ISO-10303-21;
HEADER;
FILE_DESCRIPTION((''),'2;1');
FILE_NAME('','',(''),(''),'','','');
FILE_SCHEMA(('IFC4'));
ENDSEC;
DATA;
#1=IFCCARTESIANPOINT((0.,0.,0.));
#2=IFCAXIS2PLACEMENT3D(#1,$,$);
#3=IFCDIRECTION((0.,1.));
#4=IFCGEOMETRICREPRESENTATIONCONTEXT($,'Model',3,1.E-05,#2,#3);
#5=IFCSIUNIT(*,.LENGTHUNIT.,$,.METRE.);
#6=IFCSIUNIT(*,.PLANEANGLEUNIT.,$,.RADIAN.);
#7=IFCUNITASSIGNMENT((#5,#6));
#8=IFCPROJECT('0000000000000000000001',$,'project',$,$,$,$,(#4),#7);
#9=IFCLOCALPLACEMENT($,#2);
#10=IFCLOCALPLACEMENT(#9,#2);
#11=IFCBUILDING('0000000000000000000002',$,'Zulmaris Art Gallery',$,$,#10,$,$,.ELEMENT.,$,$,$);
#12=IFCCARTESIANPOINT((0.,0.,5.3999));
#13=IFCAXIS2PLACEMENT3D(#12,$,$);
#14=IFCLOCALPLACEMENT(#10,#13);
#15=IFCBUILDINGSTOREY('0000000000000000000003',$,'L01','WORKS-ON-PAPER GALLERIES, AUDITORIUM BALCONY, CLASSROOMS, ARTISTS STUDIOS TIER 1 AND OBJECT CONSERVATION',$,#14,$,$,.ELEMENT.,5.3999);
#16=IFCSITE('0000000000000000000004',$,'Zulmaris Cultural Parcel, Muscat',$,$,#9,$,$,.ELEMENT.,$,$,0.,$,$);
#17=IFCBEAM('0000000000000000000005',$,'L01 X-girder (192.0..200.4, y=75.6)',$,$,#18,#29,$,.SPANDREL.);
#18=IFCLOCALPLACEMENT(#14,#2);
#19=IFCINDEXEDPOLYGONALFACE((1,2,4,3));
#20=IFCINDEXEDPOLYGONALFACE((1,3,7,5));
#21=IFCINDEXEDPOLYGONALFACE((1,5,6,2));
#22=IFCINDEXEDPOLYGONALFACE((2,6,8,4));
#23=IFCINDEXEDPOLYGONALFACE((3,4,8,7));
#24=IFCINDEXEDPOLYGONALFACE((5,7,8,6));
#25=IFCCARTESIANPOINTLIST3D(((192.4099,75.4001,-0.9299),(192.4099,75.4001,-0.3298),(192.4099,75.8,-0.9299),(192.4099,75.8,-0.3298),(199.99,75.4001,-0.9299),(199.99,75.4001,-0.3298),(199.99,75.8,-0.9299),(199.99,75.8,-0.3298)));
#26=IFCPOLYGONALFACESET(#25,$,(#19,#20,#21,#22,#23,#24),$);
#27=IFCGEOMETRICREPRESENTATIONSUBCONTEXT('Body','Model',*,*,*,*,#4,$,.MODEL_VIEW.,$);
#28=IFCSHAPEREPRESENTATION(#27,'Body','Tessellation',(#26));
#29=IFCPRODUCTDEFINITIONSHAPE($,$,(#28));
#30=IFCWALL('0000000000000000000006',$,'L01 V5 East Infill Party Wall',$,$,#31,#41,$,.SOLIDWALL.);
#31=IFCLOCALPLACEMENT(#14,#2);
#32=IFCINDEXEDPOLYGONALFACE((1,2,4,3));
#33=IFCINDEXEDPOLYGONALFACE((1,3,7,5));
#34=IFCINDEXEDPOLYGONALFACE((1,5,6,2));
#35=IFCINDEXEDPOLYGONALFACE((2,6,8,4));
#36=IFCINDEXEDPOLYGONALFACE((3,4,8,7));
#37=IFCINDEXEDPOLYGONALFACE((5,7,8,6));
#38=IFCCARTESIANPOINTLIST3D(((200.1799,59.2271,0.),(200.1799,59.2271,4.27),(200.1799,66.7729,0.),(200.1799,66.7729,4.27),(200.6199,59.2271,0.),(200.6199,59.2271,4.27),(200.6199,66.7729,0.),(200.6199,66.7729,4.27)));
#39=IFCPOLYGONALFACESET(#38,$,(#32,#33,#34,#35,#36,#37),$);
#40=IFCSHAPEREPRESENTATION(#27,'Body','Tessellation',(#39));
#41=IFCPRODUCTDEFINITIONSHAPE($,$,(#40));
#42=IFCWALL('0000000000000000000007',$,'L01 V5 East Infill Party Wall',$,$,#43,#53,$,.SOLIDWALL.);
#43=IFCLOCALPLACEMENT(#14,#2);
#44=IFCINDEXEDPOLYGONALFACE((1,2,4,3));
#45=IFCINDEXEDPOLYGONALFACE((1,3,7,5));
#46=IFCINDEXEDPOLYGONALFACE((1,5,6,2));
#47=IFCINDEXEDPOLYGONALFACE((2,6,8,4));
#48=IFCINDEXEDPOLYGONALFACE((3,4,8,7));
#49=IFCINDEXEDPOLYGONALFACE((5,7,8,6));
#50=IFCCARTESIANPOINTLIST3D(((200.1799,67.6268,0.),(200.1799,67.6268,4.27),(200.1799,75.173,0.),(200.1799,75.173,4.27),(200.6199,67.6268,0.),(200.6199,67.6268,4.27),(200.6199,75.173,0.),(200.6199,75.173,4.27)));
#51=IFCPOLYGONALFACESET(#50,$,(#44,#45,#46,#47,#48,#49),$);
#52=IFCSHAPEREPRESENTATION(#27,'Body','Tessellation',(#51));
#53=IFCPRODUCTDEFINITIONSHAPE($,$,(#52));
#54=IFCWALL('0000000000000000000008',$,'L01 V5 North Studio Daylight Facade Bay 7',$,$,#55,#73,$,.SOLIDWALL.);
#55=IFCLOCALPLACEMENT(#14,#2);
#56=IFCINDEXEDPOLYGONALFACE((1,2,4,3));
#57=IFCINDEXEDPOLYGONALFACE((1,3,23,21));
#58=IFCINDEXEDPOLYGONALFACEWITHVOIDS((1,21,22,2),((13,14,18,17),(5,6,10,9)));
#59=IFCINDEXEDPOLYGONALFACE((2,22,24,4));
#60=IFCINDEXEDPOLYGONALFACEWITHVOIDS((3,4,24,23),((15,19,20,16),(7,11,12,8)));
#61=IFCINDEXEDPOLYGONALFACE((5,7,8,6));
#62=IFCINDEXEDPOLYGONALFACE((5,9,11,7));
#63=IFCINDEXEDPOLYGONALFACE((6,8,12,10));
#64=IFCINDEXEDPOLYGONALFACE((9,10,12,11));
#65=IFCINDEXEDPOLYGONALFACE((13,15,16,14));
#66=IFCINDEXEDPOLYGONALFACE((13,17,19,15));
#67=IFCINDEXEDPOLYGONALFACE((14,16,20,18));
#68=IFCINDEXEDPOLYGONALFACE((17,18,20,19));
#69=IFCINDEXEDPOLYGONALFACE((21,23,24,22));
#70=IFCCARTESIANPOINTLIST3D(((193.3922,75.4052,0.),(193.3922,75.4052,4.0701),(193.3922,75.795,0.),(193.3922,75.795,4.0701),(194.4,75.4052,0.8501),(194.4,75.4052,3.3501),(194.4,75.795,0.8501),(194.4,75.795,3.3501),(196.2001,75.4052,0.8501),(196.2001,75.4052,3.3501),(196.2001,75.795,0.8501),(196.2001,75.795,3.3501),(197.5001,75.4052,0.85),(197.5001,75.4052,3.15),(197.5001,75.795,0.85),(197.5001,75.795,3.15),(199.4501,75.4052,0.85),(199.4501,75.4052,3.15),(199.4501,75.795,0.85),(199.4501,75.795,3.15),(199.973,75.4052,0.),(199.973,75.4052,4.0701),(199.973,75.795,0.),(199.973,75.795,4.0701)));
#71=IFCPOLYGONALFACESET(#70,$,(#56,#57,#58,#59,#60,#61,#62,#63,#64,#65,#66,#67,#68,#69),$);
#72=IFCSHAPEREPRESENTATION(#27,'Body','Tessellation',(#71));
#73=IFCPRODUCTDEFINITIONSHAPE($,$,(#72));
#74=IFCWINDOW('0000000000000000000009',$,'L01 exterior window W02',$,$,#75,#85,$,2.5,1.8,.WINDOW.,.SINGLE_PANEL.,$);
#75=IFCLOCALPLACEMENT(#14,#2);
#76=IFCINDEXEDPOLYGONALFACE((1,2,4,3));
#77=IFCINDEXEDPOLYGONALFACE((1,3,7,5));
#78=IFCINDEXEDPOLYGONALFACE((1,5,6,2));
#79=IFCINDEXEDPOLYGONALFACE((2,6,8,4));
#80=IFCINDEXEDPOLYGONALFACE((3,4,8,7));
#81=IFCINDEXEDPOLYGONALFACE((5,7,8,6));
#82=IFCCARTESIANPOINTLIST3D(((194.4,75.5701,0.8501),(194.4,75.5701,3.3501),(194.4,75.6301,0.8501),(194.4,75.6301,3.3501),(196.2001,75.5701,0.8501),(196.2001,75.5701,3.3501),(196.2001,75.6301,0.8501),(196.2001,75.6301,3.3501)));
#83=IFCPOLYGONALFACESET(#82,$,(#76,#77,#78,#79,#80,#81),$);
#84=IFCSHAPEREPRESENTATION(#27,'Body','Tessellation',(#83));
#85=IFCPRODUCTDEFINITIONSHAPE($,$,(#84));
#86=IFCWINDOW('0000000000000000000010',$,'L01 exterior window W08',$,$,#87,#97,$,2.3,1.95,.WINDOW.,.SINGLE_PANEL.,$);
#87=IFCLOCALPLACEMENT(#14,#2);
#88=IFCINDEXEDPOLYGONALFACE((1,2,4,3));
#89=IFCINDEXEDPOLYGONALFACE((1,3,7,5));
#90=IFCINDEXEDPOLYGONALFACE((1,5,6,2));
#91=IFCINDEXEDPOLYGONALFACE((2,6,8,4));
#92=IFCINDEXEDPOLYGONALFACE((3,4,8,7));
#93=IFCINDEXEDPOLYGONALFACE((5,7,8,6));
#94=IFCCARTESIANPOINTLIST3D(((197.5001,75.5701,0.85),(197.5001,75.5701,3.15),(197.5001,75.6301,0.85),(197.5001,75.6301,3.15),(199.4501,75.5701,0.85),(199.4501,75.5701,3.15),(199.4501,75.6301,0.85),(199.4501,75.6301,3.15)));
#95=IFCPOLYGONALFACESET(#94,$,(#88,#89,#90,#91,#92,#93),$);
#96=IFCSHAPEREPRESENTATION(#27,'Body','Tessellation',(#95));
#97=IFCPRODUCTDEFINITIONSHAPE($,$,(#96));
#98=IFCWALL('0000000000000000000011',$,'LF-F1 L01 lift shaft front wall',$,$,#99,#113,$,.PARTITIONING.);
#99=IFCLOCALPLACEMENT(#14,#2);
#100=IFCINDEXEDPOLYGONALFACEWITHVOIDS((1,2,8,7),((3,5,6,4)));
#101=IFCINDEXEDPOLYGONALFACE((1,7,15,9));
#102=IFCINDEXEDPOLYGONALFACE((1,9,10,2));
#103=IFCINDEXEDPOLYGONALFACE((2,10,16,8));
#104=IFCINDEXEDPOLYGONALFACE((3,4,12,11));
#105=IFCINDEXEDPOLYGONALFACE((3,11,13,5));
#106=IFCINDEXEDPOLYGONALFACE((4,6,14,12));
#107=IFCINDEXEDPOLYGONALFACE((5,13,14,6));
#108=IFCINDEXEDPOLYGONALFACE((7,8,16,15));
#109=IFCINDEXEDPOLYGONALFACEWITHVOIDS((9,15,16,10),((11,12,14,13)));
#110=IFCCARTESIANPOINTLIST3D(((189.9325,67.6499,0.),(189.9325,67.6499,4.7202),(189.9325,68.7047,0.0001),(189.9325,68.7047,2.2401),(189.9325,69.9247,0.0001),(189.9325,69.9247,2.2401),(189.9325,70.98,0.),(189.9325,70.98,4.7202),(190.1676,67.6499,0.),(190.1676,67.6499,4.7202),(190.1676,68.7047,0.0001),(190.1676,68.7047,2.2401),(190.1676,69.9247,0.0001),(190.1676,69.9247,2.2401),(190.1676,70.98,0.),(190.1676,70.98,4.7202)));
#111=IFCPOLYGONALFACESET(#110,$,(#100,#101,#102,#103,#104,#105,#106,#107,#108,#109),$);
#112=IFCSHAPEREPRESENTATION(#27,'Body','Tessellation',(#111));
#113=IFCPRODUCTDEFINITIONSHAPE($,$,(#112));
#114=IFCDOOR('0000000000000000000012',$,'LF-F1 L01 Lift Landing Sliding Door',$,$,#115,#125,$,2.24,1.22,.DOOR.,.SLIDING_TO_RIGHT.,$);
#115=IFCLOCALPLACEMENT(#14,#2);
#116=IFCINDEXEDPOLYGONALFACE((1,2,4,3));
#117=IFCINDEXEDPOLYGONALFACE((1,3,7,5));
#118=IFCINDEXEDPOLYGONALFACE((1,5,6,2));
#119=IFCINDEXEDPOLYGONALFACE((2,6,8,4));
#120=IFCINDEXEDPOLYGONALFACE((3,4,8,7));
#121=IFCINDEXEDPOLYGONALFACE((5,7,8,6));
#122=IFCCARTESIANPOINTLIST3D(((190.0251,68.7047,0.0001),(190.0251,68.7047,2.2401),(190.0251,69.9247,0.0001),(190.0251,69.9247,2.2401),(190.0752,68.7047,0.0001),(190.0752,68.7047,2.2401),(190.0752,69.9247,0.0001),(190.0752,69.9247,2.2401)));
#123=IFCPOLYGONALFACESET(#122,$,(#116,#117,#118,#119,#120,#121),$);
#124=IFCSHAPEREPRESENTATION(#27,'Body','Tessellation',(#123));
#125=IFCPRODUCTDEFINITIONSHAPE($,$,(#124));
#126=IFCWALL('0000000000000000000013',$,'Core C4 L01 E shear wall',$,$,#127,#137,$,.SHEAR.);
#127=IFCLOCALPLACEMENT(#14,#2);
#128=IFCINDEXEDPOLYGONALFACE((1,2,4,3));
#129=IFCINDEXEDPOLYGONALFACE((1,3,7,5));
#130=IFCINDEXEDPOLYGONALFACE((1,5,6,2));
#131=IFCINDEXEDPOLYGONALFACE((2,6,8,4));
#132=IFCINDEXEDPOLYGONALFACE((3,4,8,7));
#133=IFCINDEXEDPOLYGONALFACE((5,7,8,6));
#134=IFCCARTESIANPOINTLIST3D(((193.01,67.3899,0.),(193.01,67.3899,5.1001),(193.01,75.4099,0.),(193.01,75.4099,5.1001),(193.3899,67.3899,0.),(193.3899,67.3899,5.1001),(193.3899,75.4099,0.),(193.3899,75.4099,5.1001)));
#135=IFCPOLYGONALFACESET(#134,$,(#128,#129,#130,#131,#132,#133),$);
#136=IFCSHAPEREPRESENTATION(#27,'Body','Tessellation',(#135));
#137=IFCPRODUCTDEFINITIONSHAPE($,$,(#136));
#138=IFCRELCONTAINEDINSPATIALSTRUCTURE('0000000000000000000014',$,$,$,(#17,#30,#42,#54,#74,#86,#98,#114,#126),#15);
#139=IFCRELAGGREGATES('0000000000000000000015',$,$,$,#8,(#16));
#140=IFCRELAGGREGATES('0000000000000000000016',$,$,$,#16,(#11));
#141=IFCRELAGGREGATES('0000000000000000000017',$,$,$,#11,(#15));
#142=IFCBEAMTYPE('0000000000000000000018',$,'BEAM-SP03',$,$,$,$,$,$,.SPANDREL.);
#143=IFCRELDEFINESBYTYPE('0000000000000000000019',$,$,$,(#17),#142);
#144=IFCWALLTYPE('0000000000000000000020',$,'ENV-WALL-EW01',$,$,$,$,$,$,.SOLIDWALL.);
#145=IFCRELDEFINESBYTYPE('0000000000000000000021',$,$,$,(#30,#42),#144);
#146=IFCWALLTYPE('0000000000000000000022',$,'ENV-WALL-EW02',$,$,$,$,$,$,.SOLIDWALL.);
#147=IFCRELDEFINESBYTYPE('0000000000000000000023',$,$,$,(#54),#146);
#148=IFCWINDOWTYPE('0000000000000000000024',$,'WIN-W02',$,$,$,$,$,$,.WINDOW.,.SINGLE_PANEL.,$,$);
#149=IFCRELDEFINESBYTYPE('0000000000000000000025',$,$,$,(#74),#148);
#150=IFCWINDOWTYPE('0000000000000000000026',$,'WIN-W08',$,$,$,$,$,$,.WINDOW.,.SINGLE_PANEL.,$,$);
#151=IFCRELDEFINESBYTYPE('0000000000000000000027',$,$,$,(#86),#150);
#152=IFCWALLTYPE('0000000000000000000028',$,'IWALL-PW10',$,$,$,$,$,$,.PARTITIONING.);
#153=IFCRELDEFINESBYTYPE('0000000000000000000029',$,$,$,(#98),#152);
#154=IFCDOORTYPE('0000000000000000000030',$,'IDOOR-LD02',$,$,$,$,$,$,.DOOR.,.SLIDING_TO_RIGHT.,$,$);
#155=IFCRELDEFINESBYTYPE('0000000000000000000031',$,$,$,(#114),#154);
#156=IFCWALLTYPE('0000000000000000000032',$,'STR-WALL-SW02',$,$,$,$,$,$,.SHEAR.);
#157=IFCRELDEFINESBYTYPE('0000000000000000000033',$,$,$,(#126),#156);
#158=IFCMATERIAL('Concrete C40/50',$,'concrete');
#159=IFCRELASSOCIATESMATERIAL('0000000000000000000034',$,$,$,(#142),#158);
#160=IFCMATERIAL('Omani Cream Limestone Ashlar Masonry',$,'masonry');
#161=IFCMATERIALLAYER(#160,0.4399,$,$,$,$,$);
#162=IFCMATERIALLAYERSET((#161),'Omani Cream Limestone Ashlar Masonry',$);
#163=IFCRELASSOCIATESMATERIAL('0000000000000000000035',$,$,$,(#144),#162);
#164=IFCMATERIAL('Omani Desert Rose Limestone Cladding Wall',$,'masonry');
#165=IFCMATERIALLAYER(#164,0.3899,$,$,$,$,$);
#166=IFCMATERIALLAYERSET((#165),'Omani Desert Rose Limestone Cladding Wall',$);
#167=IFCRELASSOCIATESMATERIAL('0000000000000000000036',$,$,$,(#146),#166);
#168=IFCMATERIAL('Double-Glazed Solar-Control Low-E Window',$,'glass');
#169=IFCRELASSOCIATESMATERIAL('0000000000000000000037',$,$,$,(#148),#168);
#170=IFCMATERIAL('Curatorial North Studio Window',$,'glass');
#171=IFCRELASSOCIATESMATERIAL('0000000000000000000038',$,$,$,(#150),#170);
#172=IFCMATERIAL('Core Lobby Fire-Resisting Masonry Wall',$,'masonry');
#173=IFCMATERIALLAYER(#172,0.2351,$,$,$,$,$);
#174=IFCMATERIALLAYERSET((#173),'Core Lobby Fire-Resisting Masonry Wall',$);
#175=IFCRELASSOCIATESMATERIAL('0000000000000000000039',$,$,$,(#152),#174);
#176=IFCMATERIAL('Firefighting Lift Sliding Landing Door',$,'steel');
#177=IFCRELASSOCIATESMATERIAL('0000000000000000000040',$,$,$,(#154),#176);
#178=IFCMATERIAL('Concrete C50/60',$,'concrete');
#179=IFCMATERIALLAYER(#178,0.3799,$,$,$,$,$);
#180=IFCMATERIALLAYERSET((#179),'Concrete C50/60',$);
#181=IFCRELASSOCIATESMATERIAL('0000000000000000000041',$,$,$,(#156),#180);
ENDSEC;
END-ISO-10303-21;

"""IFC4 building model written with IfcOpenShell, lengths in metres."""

from ifc_helpers import new_model, si_unit, direction, frame, frame_2d, origin, origin_2d, place, context, subcontext, project, spatial, rectangle, extrude, material, layer, layer_set, material_profile, profile_set, type_object, element, fill, save


model = new_model("IFC4")

# Units and contexts
model_context = context("Model", 3, precision=1e-05, world=origin(), true_north=direction((0.0, 1.0)))
body_context = subcontext(model_context, "Body", "Model", "MODEL_VIEW")
ifc_project = project(units=[si_unit("LENGTHUNIT", "METRE"), si_unit("PLANEANGLEUNIT", "RADIAN")], contexts=[model_context])

# Site, building, storey
site_placement = place(None, origin())
site = spatial("IfcSite", under=ifc_project, at=site_placement, Name="Zulmaris Cultural Parcel, Muscat", CompositionType="ELEMENT", RefElevation=0.0)
building_placement = place(site_placement, origin())
building = spatial("IfcBuilding", under=site, at=building_placement, Name="Zulmaris Art Gallery", CompositionType="ELEMENT")
storey_placement = place(building_placement, frame((0.0, 0.0, 5.3999)))
storey = spatial("IfcBuildingStorey", under=building, at=storey_placement, Name="L01", Description="WORKS-ON-PAPER GALLERIES, AUDITORIUM BALCONY, CLASSROOMS, ARTISTS STUDIOS TIER 1 AND OBJECT CONSERVATION", CompositionType="ELEMENT", Elevation=5.3999)

# Shared definitions
ifc_material_1 = material(Name="Concrete C50/60", Category="concrete")

# Beam
ifc_material_2 = material(Name="Concrete C40/50", Category="concrete")
ifc_material_profile_1 = material_profile(ifc_material_2, rectangle(XDim=0.3999, YDim=0.6001, at=origin_2d()), Name="RC 400x600")
ifc_profile_set_1 = profile_set([ifc_material_profile_1], Name="Concrete C40/50")
beam_type_1 = type_object("IfcBeamType", Name="BEAM-SP03", PredefinedType="SPANDREL", material=ifc_profile_set_1)
beam_1_placement = place(storey_placement, frame((192.4099, 75.6001, -0.6299), z_axis=(1.0, 0.0, 0.0), x_axis=(0.0, 1.0, 0.0)))
element("IfcBeam", 1, at=beam_1_placement, inside=storey, type_object=beam_type_1, Name="L01 X-girder (192.0..200.4, y=75.6)", PredefinedType="SPANDREL", context=body_context, shape_type="SweptSolid", body=[
    extrude(rectangle(XDim=0.3999, YDim=0.6001, at=origin_2d()), origin(), (0.0, 0.0, 1.0), 7.5801),
])

# Walls
ifc_material_3 = material(Name="Omani Cream Limestone Ashlar Masonry", Category="masonry")
ifc_layer_1 = layer(ifc_material_3, 0.4399)
ifc_layer_set_1 = layer_set([ifc_layer_1], Name="Omani Cream Limestone Ashlar Masonry")
wall_type_1 = type_object("IfcWallType", Name="ENV-WALL-EW01", PredefinedType="SOLIDWALL", material=ifc_layer_set_1)
wall_1_placement = place(storey_placement, frame((200.3999, 59.2271, 0.0), z_axis=(0.0, 0.0, 1.0), x_axis=(0.0, 1.0, 0.0)))
element("IfcWall", 2, at=wall_1_placement, inside=storey, type_object=wall_type_1, Name="L01 V5 East Infill Party Wall", PredefinedType="SOLIDWALL", context=body_context, shape_type="SweptSolid", body=[
    extrude(rectangle(XDim=7.5459, YDim=0.4399, at=frame_2d((3.7729, 0.0))), origin(), (0.0, 0.0, 1.0), 4.27),
])
wall_2_placement = place(storey_placement, frame((200.3999, 67.627, 0.0), z_axis=(0.0, 0.0, 1.0), x_axis=(0.0, 1.0, 0.0)))
element("IfcWall", 3, at=wall_2_placement, inside=storey, type_object=wall_type_1, Name="L01 V5 East Infill Party Wall", PredefinedType="SOLIDWALL", context=body_context, shape_type="SweptSolid", body=[
    extrude(rectangle(XDim=7.5461, YDim=0.4399, at=frame_2d((3.7729, 0.0))), origin(), (0.0, 0.0, 1.0), 4.27),
])

# Wall, openings, windows
ifc_material_4 = material(Name="Omani Desert Rose Limestone Cladding Wall", Category="masonry")
ifc_layer_2 = layer(ifc_material_4, 0.3899)
ifc_layer_set_2 = layer_set([ifc_layer_2], Name="Omani Desert Rose Limestone Cladding Wall")
wall_type_2 = type_object("IfcWallType", Name="ENV-WALL-EW02", PredefinedType="SOLIDWALL", material=ifc_layer_set_2)
wall_3_placement = place(storey_placement, frame((193.3921, 75.6001, 0.0), z_axis=(0.0, 0.0, 1.0), x_axis=(1.0, 0.0, 0.0)))
wall_3 = element("IfcWall", 4, at=wall_3_placement, inside=storey, type_object=wall_type_2, Name="L01 V5 North Studio Daylight Facade Bay 7", PredefinedType="SOLIDWALL", context=body_context, shape_type="SweptSolid", body=[
    extrude(rectangle(XDim=6.5808, YDim=0.3899, at=frame_2d((3.2905, 0.0))), origin(), (0.0, 0.0, 1.0), 4.0701),
])
opening_1_placement = place(wall_3_placement, frame((1.0081, 0.0, 0.8501)))
opening_1 = element("IfcOpeningElement", 5, at=opening_1_placement, cuts=wall_3, PredefinedType="OPENING", context=body_context, shape_type="SweptSolid", body=[
    extrude(rectangle(XDim=1.8, YDim=2.5, at=frame_2d((0.8999, 1.25))), frame((0.0, 0.2048, 0.0), z_axis=(0.0, -1.0, 0.0), x_axis=(1.0, 0.0, 0.0)), (0.0, 0.0, 1.0), 0.4099),
])
opening_2_placement = place(wall_3_placement, frame((4.1079, 0.0, 0.8501)))
opening_2 = element("IfcOpeningElement", 6, at=opening_2_placement, cuts=wall_3, PredefinedType="OPENING", context=body_context, shape_type="SweptSolid", body=[
    extrude(rectangle(XDim=1.95, YDim=2.3, at=frame_2d((0.9751, 1.1499))), frame((0.0, 0.2048, 0.0), z_axis=(0.0, -1.0, 0.0), x_axis=(1.0, 0.0, 0.0)), (0.0, 0.0, 1.0), 0.4099),
])
ifc_material_5 = material(Name="Double-Glazed Solar-Control Low-E Window", Category="glass")
window_type_1 = type_object("IfcWindowType", Name="WIN-W02", PartitioningType="SINGLE_PANEL", PredefinedType="WINDOW", material=ifc_material_5)
window_1_placement = place(opening_1_placement, origin())
window_1 = element("IfcWindow", 7, at=window_1_placement, inside=storey, type_object=window_type_1, Name="L01 exterior window W02", OverallHeight=2.5, OverallWidth=1.8, PartitioningType="SINGLE_PANEL", PredefinedType="WINDOW", context=body_context, shape_type="SweptSolid", body=[
    extrude(rectangle(XDim=1.8, YDim=2.5, at=frame_2d((0.8999, 1.25))), frame((0.0, 0.03, 0.0), z_axis=(0.0, -1.0, 0.0), x_axis=(1.0, 0.0, 0.0)), (0.0, 0.0, 1.0), 0.0601),
])
fill(opening_1, window_1)
ifc_material_6 = material(Name="Curatorial North Studio Window", Category="glass")
window_type_2 = type_object("IfcWindowType", Name="WIN-W08", PartitioningType="SINGLE_PANEL", PredefinedType="WINDOW", material=ifc_material_6)
window_2_placement = place(opening_2_placement, origin())
window_2 = element("IfcWindow", 8, at=window_2_placement, inside=storey, type_object=window_type_2, Name="L01 exterior window W08", OverallHeight=2.3, OverallWidth=1.95, PartitioningType="SINGLE_PANEL", PredefinedType="WINDOW", context=body_context, shape_type="SweptSolid", body=[
    extrude(rectangle(XDim=1.95, YDim=2.3, at=frame_2d((0.9751, 1.1499))), frame((0.0, 0.03, 0.0), z_axis=(0.0, -1.0, 0.0), x_axis=(1.0, 0.0, 0.0)), (0.0, 0.0, 1.0), 0.0601),
])
fill(opening_2, window_2)

# Wall, opening, door
ifc_material_7 = material(Name="Core Lobby Fire-Resisting Masonry Wall", Category="masonry")
ifc_layer_3 = layer(ifc_material_7, 0.2351)
ifc_layer_set_3 = layer_set([ifc_layer_3], Name="Core Lobby Fire-Resisting Masonry Wall")
wall_type_3 = type_object("IfcWallType", Name="IWALL-PW10", PredefinedType="PARTITIONING", material=ifc_layer_set_3)
wall_4_placement = place(storey_placement, frame((190.05, 67.6499, 0.0), z_axis=(0.0, 0.0, 1.0), x_axis=(0.0, 1.0, 0.0)))
wall_4 = element("IfcWall", 9, at=wall_4_placement, inside=storey, type_object=wall_type_3, Name="LF-F1 L01 lift shaft front wall", PredefinedType="PARTITIONING", context=body_context, shape_type="SweptSolid", body=[
    extrude(rectangle(XDim=3.3301, YDim=0.2351, at=frame_2d((1.665, 0.0))), origin(), (0.0, 0.0, 1.0), 4.7202),
])
opening_3_placement = place(wall_4_placement, frame((1.0549, 0.0, 0.0)))
opening_3 = element("IfcOpeningElement", 10, at=opening_3_placement, cuts=wall_4, PredefinedType="OPENING", context=body_context, shape_type="SweptSolid", body=[
    extrude(rectangle(XDim=1.22, YDim=2.24, at=frame_2d((0.6099, 1.1201))), frame((0.0, 0.1274, 0.0), z_axis=(0.0, -1.0, 0.0), x_axis=(1.0, 0.0, 0.0)), (0.0, 0.0, 1.0), 0.2551),
])
ifc_material_8 = material(Name="Firefighting Lift Sliding Landing Door", Category="steel")
door_type = type_object("IfcDoorType", Name="IDOOR-LD02", OperationType="SLIDING_TO_RIGHT", PredefinedType="DOOR", material=ifc_material_8)
door_placement = place(opening_3_placement, origin())
door = element("IfcDoor", 11, at=door_placement, inside=storey, type_object=door_type, Name="LF-F1 L01 Lift Landing Sliding Door", OperationType="SLIDING_TO_RIGHT", OverallHeight=2.24, OverallWidth=1.22, PredefinedType="DOOR", context=body_context, shape_type="SweptSolid", body=[
    extrude(rectangle(XDim=1.22, YDim=2.24, at=frame_2d((0.6099, 1.1201))), frame((0.0, 0.0249, 0.0), z_axis=(0.0, -1.0, 0.0), x_axis=(1.0, 0.0, 0.0)), (0.0, 0.0, 1.0), 0.05),
])
fill(opening_3, door)

# Wall
ifc_layer_4 = layer(ifc_material_1, 0.3799)
ifc_layer_set_4 = layer_set([ifc_layer_4], Name="Concrete C50/60")
wall_type_4 = type_object("IfcWallType", Name="STR-WALL-SW02", PredefinedType="SHEAR", material=ifc_layer_set_4)
wall_5_placement = place(storey_placement, frame((193.2, 67.3899, 0.0), z_axis=(0.0, 0.0, 1.0), x_axis=(0.0, 1.0, 0.0)))
element("IfcWall", 12, at=wall_5_placement, inside=storey, type_object=wall_type_4, Name="Core C4 L01 E shear wall", PredefinedType="SHEAR", context=body_context, shape_type="SweptSolid", body=[
    extrude(rectangle(XDim=8.02, YDim=0.3799, at=frame_2d((4.01, 0.0))), origin(), (0.0, 0.0, 1.0), 5.1001),
])

save(model, "model.ifc")
